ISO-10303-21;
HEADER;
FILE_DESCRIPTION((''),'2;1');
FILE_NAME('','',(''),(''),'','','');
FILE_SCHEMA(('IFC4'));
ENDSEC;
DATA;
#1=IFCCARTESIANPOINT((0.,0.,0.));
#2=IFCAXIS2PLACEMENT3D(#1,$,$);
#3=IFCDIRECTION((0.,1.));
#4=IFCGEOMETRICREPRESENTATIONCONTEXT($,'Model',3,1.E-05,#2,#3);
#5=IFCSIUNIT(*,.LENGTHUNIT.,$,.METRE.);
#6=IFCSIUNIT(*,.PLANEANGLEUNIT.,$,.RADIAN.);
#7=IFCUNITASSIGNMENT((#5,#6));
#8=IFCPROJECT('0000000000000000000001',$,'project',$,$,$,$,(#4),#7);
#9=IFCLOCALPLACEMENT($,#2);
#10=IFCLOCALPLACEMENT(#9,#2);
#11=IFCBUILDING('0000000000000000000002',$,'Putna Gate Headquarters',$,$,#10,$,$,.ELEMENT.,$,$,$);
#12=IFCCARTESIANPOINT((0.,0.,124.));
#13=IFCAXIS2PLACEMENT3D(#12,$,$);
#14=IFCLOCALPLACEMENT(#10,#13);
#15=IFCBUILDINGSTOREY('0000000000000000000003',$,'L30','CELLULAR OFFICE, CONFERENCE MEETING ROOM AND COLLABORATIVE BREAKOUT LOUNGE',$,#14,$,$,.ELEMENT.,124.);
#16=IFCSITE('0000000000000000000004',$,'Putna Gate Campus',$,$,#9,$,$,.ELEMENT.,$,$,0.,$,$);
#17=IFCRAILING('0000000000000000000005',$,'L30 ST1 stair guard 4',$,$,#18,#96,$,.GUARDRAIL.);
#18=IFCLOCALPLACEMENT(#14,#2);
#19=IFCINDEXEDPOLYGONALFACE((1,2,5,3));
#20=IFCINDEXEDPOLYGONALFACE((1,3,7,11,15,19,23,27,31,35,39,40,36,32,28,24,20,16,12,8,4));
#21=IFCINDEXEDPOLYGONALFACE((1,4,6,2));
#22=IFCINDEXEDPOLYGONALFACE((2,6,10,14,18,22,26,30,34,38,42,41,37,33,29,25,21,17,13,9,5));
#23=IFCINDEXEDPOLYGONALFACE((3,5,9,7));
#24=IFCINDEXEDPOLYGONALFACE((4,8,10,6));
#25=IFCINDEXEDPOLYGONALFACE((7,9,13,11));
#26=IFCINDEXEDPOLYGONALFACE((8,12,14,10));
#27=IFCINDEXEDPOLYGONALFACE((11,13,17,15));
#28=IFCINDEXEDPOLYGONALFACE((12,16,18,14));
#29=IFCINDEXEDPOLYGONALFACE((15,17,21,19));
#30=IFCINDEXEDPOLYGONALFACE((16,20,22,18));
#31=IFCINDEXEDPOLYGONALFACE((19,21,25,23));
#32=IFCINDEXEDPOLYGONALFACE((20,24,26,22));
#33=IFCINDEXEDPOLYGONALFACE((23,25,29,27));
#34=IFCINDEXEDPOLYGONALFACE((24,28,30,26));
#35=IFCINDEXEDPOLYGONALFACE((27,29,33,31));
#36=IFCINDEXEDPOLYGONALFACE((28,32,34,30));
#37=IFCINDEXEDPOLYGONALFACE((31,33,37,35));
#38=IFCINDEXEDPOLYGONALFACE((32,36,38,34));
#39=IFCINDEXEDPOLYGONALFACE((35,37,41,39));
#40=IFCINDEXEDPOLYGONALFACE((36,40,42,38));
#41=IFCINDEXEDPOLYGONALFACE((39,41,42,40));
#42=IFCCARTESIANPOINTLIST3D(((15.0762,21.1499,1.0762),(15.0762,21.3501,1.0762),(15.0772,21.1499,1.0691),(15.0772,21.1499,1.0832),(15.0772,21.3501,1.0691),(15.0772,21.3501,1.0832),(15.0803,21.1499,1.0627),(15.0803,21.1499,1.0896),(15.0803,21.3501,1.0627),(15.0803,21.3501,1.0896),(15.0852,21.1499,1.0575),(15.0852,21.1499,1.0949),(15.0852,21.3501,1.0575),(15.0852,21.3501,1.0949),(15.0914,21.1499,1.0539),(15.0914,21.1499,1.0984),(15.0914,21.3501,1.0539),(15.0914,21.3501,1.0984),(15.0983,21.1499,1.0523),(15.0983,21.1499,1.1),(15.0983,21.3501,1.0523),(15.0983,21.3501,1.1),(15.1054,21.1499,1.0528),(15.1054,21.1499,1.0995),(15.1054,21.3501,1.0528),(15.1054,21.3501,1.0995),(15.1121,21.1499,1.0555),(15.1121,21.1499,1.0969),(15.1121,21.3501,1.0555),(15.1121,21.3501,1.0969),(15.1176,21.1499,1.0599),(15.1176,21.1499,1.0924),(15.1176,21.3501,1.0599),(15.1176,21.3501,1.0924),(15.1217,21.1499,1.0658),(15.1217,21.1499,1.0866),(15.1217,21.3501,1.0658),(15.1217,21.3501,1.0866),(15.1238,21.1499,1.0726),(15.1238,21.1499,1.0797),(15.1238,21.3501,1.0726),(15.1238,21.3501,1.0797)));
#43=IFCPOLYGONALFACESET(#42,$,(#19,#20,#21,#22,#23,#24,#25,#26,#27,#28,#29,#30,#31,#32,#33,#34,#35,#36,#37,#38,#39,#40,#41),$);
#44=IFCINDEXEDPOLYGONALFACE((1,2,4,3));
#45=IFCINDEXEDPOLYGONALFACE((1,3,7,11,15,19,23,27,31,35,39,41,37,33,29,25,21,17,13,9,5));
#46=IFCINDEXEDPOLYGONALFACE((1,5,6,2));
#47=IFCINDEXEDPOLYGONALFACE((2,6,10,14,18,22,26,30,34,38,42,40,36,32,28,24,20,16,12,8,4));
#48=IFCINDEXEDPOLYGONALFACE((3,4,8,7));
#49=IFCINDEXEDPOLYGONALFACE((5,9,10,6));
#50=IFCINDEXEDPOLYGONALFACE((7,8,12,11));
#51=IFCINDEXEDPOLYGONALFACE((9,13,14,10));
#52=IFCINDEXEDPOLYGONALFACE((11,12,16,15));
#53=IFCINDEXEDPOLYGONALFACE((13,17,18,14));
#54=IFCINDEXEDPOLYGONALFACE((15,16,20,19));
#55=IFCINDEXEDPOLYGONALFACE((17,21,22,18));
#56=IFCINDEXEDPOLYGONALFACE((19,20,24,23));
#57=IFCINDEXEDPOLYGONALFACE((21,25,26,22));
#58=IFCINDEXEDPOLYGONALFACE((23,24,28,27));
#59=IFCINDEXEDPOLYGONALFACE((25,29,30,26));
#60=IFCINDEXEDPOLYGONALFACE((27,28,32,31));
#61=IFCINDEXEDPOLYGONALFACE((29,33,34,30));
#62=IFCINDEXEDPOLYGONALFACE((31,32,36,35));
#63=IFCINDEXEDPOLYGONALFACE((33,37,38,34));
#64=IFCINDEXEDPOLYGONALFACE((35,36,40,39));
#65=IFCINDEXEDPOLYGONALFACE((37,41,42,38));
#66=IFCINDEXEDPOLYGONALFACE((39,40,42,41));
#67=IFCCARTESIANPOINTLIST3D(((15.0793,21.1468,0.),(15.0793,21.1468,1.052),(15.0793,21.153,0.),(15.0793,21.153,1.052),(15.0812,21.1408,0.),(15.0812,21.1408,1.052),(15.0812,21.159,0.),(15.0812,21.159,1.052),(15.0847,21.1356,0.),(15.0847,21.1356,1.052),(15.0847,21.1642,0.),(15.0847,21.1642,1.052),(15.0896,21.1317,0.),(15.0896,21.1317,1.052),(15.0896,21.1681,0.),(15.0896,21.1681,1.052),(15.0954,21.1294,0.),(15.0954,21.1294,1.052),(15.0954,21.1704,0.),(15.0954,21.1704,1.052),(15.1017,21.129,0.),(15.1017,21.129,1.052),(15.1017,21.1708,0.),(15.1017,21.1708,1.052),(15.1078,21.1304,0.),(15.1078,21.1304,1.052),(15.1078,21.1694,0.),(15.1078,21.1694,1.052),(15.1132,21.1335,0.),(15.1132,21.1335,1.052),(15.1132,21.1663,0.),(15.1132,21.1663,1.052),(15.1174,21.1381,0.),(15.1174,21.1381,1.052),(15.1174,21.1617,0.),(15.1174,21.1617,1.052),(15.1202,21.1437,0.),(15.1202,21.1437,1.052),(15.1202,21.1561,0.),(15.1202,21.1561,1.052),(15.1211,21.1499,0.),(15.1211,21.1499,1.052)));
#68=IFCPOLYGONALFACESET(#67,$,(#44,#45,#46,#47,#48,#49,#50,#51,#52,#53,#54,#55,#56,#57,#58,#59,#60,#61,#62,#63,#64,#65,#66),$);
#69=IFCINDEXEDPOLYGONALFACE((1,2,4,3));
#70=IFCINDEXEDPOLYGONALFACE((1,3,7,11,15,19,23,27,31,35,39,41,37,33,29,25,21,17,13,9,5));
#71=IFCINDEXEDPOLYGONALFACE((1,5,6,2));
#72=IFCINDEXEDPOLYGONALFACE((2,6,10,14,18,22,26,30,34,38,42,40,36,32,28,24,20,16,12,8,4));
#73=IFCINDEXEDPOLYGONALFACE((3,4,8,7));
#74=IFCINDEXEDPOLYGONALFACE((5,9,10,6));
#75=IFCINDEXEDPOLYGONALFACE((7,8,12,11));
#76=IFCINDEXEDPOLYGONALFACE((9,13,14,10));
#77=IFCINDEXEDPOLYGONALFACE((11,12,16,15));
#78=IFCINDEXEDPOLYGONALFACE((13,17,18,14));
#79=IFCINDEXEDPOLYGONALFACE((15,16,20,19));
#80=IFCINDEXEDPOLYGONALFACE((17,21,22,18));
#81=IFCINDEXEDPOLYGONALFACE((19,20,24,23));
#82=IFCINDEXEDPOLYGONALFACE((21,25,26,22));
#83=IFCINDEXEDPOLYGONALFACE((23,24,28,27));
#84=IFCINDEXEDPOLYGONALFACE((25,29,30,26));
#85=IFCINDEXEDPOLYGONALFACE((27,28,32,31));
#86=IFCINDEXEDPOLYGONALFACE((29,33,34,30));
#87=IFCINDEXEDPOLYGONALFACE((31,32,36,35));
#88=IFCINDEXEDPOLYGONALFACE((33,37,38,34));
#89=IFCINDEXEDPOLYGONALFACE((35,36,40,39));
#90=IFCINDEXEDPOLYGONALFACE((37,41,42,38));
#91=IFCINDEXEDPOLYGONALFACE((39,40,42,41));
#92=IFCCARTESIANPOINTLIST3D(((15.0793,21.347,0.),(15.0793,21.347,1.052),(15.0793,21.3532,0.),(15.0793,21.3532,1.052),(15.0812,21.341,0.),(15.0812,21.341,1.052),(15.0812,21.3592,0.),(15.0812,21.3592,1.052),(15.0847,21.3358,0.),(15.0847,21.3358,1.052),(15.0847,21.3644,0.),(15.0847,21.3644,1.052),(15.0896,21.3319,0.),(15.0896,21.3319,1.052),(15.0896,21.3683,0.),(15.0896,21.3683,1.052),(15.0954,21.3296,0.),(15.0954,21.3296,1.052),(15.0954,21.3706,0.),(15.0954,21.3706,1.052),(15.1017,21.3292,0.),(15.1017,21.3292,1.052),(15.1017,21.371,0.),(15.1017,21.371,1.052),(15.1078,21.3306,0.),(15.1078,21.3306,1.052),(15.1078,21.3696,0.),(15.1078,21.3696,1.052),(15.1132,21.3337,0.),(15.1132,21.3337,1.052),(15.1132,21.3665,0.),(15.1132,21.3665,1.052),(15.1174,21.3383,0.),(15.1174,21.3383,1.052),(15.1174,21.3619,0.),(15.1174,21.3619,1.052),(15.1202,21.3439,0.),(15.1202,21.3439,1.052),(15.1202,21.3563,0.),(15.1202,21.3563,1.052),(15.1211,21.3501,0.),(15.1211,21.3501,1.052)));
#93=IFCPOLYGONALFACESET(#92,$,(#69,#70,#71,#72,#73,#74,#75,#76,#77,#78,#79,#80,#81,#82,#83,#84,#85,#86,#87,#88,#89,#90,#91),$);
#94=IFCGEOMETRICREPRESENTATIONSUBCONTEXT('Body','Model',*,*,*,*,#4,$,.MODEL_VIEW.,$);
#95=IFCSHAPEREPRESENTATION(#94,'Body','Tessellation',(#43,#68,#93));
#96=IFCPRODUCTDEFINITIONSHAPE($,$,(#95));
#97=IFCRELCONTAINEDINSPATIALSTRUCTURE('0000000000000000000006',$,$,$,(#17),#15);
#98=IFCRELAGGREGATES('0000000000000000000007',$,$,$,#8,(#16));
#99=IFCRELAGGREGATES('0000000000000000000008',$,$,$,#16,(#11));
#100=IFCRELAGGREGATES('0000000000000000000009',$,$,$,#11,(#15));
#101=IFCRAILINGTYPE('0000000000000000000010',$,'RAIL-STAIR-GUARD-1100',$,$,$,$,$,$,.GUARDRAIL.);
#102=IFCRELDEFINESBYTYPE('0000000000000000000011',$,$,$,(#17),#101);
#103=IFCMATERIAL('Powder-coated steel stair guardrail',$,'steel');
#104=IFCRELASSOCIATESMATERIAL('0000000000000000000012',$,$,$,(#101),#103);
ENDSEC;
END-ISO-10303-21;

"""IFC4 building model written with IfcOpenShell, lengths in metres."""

from ifc_helpers import new_model, si_unit, direction, frame, origin, origin_2d, place, context, subcontext, project, spatial, circle, extrude, material, type_object, element, save


model = new_model("IFC4")

# Units and contexts
model_context = context("Model", 3, precision=1e-05, world=origin(), true_north=direction((0.0, 1.0)))
body_context = subcontext(model_context, "Body", "Model", "MODEL_VIEW")
ifc_project = project(units=[si_unit("LENGTHUNIT", "METRE"), si_unit("PLANEANGLEUNIT", "RADIAN")], contexts=[model_context])

# Site, building, storey
site_placement = place(None, origin())
site = spatial("IfcSite", under=ifc_project, at=site_placement, Name="Putna Gate Campus", CompositionType="ELEMENT", RefElevation=0.0)
building_placement = place(site_placement, origin())
building = spatial("IfcBuilding", under=site, at=building_placement, Name="Putna Gate Headquarters", CompositionType="ELEMENT")
storey_placement = place(building_placement, frame((0.0, 0.0, 124.0)))
storey = spatial("IfcBuildingStorey", under=building, at=storey_placement, Name="L30", Description="CELLULAR OFFICE, CONFERENCE MEETING ROOM AND COLLABORATIVE BREAKOUT LOUNGE", CompositionType="ELEMENT", Elevation=124.0)

# Railing
ifc_material_1 = material(Name="Powder-coated steel stair guardrail", Category="steel")
railing_type_1 = type_object("IfcRailingType", Name="RAIL-STAIR-GUARD-1100", PredefinedType="GUARDRAIL", material=ifc_material_1)
railing_1_placement = place(storey_placement, frame((15.1001, 21.1499, 0.0)))
element("IfcRailing", 1, at=railing_1_placement, inside=storey, type_object=railing_type_1, Name="L30 ST1 stair guard 4", PredefinedType="GUARDRAIL", context=body_context, shape_type="SweptSolid", body=[
    extrude(circle(Radius=0.0239, at=origin_2d()), frame((0.0, 0.0, 1.0762), z_axis=(0.0, 1.0, 0.0), x_axis=(-1.0, 0.0, 0.0)), (0.0, 0.0, 1.0), 0.2002),
    extrude(circle(Radius=0.021, at=origin_2d()), origin(), (0.0, 0.0, 1.0), 1.052),
    extrude(circle(Radius=0.021, at=origin_2d()), frame((0.0, 0.2002, 0.0)), (0.0, 0.0, 1.0), 1.052),
])

save(model, "model.ifc")
